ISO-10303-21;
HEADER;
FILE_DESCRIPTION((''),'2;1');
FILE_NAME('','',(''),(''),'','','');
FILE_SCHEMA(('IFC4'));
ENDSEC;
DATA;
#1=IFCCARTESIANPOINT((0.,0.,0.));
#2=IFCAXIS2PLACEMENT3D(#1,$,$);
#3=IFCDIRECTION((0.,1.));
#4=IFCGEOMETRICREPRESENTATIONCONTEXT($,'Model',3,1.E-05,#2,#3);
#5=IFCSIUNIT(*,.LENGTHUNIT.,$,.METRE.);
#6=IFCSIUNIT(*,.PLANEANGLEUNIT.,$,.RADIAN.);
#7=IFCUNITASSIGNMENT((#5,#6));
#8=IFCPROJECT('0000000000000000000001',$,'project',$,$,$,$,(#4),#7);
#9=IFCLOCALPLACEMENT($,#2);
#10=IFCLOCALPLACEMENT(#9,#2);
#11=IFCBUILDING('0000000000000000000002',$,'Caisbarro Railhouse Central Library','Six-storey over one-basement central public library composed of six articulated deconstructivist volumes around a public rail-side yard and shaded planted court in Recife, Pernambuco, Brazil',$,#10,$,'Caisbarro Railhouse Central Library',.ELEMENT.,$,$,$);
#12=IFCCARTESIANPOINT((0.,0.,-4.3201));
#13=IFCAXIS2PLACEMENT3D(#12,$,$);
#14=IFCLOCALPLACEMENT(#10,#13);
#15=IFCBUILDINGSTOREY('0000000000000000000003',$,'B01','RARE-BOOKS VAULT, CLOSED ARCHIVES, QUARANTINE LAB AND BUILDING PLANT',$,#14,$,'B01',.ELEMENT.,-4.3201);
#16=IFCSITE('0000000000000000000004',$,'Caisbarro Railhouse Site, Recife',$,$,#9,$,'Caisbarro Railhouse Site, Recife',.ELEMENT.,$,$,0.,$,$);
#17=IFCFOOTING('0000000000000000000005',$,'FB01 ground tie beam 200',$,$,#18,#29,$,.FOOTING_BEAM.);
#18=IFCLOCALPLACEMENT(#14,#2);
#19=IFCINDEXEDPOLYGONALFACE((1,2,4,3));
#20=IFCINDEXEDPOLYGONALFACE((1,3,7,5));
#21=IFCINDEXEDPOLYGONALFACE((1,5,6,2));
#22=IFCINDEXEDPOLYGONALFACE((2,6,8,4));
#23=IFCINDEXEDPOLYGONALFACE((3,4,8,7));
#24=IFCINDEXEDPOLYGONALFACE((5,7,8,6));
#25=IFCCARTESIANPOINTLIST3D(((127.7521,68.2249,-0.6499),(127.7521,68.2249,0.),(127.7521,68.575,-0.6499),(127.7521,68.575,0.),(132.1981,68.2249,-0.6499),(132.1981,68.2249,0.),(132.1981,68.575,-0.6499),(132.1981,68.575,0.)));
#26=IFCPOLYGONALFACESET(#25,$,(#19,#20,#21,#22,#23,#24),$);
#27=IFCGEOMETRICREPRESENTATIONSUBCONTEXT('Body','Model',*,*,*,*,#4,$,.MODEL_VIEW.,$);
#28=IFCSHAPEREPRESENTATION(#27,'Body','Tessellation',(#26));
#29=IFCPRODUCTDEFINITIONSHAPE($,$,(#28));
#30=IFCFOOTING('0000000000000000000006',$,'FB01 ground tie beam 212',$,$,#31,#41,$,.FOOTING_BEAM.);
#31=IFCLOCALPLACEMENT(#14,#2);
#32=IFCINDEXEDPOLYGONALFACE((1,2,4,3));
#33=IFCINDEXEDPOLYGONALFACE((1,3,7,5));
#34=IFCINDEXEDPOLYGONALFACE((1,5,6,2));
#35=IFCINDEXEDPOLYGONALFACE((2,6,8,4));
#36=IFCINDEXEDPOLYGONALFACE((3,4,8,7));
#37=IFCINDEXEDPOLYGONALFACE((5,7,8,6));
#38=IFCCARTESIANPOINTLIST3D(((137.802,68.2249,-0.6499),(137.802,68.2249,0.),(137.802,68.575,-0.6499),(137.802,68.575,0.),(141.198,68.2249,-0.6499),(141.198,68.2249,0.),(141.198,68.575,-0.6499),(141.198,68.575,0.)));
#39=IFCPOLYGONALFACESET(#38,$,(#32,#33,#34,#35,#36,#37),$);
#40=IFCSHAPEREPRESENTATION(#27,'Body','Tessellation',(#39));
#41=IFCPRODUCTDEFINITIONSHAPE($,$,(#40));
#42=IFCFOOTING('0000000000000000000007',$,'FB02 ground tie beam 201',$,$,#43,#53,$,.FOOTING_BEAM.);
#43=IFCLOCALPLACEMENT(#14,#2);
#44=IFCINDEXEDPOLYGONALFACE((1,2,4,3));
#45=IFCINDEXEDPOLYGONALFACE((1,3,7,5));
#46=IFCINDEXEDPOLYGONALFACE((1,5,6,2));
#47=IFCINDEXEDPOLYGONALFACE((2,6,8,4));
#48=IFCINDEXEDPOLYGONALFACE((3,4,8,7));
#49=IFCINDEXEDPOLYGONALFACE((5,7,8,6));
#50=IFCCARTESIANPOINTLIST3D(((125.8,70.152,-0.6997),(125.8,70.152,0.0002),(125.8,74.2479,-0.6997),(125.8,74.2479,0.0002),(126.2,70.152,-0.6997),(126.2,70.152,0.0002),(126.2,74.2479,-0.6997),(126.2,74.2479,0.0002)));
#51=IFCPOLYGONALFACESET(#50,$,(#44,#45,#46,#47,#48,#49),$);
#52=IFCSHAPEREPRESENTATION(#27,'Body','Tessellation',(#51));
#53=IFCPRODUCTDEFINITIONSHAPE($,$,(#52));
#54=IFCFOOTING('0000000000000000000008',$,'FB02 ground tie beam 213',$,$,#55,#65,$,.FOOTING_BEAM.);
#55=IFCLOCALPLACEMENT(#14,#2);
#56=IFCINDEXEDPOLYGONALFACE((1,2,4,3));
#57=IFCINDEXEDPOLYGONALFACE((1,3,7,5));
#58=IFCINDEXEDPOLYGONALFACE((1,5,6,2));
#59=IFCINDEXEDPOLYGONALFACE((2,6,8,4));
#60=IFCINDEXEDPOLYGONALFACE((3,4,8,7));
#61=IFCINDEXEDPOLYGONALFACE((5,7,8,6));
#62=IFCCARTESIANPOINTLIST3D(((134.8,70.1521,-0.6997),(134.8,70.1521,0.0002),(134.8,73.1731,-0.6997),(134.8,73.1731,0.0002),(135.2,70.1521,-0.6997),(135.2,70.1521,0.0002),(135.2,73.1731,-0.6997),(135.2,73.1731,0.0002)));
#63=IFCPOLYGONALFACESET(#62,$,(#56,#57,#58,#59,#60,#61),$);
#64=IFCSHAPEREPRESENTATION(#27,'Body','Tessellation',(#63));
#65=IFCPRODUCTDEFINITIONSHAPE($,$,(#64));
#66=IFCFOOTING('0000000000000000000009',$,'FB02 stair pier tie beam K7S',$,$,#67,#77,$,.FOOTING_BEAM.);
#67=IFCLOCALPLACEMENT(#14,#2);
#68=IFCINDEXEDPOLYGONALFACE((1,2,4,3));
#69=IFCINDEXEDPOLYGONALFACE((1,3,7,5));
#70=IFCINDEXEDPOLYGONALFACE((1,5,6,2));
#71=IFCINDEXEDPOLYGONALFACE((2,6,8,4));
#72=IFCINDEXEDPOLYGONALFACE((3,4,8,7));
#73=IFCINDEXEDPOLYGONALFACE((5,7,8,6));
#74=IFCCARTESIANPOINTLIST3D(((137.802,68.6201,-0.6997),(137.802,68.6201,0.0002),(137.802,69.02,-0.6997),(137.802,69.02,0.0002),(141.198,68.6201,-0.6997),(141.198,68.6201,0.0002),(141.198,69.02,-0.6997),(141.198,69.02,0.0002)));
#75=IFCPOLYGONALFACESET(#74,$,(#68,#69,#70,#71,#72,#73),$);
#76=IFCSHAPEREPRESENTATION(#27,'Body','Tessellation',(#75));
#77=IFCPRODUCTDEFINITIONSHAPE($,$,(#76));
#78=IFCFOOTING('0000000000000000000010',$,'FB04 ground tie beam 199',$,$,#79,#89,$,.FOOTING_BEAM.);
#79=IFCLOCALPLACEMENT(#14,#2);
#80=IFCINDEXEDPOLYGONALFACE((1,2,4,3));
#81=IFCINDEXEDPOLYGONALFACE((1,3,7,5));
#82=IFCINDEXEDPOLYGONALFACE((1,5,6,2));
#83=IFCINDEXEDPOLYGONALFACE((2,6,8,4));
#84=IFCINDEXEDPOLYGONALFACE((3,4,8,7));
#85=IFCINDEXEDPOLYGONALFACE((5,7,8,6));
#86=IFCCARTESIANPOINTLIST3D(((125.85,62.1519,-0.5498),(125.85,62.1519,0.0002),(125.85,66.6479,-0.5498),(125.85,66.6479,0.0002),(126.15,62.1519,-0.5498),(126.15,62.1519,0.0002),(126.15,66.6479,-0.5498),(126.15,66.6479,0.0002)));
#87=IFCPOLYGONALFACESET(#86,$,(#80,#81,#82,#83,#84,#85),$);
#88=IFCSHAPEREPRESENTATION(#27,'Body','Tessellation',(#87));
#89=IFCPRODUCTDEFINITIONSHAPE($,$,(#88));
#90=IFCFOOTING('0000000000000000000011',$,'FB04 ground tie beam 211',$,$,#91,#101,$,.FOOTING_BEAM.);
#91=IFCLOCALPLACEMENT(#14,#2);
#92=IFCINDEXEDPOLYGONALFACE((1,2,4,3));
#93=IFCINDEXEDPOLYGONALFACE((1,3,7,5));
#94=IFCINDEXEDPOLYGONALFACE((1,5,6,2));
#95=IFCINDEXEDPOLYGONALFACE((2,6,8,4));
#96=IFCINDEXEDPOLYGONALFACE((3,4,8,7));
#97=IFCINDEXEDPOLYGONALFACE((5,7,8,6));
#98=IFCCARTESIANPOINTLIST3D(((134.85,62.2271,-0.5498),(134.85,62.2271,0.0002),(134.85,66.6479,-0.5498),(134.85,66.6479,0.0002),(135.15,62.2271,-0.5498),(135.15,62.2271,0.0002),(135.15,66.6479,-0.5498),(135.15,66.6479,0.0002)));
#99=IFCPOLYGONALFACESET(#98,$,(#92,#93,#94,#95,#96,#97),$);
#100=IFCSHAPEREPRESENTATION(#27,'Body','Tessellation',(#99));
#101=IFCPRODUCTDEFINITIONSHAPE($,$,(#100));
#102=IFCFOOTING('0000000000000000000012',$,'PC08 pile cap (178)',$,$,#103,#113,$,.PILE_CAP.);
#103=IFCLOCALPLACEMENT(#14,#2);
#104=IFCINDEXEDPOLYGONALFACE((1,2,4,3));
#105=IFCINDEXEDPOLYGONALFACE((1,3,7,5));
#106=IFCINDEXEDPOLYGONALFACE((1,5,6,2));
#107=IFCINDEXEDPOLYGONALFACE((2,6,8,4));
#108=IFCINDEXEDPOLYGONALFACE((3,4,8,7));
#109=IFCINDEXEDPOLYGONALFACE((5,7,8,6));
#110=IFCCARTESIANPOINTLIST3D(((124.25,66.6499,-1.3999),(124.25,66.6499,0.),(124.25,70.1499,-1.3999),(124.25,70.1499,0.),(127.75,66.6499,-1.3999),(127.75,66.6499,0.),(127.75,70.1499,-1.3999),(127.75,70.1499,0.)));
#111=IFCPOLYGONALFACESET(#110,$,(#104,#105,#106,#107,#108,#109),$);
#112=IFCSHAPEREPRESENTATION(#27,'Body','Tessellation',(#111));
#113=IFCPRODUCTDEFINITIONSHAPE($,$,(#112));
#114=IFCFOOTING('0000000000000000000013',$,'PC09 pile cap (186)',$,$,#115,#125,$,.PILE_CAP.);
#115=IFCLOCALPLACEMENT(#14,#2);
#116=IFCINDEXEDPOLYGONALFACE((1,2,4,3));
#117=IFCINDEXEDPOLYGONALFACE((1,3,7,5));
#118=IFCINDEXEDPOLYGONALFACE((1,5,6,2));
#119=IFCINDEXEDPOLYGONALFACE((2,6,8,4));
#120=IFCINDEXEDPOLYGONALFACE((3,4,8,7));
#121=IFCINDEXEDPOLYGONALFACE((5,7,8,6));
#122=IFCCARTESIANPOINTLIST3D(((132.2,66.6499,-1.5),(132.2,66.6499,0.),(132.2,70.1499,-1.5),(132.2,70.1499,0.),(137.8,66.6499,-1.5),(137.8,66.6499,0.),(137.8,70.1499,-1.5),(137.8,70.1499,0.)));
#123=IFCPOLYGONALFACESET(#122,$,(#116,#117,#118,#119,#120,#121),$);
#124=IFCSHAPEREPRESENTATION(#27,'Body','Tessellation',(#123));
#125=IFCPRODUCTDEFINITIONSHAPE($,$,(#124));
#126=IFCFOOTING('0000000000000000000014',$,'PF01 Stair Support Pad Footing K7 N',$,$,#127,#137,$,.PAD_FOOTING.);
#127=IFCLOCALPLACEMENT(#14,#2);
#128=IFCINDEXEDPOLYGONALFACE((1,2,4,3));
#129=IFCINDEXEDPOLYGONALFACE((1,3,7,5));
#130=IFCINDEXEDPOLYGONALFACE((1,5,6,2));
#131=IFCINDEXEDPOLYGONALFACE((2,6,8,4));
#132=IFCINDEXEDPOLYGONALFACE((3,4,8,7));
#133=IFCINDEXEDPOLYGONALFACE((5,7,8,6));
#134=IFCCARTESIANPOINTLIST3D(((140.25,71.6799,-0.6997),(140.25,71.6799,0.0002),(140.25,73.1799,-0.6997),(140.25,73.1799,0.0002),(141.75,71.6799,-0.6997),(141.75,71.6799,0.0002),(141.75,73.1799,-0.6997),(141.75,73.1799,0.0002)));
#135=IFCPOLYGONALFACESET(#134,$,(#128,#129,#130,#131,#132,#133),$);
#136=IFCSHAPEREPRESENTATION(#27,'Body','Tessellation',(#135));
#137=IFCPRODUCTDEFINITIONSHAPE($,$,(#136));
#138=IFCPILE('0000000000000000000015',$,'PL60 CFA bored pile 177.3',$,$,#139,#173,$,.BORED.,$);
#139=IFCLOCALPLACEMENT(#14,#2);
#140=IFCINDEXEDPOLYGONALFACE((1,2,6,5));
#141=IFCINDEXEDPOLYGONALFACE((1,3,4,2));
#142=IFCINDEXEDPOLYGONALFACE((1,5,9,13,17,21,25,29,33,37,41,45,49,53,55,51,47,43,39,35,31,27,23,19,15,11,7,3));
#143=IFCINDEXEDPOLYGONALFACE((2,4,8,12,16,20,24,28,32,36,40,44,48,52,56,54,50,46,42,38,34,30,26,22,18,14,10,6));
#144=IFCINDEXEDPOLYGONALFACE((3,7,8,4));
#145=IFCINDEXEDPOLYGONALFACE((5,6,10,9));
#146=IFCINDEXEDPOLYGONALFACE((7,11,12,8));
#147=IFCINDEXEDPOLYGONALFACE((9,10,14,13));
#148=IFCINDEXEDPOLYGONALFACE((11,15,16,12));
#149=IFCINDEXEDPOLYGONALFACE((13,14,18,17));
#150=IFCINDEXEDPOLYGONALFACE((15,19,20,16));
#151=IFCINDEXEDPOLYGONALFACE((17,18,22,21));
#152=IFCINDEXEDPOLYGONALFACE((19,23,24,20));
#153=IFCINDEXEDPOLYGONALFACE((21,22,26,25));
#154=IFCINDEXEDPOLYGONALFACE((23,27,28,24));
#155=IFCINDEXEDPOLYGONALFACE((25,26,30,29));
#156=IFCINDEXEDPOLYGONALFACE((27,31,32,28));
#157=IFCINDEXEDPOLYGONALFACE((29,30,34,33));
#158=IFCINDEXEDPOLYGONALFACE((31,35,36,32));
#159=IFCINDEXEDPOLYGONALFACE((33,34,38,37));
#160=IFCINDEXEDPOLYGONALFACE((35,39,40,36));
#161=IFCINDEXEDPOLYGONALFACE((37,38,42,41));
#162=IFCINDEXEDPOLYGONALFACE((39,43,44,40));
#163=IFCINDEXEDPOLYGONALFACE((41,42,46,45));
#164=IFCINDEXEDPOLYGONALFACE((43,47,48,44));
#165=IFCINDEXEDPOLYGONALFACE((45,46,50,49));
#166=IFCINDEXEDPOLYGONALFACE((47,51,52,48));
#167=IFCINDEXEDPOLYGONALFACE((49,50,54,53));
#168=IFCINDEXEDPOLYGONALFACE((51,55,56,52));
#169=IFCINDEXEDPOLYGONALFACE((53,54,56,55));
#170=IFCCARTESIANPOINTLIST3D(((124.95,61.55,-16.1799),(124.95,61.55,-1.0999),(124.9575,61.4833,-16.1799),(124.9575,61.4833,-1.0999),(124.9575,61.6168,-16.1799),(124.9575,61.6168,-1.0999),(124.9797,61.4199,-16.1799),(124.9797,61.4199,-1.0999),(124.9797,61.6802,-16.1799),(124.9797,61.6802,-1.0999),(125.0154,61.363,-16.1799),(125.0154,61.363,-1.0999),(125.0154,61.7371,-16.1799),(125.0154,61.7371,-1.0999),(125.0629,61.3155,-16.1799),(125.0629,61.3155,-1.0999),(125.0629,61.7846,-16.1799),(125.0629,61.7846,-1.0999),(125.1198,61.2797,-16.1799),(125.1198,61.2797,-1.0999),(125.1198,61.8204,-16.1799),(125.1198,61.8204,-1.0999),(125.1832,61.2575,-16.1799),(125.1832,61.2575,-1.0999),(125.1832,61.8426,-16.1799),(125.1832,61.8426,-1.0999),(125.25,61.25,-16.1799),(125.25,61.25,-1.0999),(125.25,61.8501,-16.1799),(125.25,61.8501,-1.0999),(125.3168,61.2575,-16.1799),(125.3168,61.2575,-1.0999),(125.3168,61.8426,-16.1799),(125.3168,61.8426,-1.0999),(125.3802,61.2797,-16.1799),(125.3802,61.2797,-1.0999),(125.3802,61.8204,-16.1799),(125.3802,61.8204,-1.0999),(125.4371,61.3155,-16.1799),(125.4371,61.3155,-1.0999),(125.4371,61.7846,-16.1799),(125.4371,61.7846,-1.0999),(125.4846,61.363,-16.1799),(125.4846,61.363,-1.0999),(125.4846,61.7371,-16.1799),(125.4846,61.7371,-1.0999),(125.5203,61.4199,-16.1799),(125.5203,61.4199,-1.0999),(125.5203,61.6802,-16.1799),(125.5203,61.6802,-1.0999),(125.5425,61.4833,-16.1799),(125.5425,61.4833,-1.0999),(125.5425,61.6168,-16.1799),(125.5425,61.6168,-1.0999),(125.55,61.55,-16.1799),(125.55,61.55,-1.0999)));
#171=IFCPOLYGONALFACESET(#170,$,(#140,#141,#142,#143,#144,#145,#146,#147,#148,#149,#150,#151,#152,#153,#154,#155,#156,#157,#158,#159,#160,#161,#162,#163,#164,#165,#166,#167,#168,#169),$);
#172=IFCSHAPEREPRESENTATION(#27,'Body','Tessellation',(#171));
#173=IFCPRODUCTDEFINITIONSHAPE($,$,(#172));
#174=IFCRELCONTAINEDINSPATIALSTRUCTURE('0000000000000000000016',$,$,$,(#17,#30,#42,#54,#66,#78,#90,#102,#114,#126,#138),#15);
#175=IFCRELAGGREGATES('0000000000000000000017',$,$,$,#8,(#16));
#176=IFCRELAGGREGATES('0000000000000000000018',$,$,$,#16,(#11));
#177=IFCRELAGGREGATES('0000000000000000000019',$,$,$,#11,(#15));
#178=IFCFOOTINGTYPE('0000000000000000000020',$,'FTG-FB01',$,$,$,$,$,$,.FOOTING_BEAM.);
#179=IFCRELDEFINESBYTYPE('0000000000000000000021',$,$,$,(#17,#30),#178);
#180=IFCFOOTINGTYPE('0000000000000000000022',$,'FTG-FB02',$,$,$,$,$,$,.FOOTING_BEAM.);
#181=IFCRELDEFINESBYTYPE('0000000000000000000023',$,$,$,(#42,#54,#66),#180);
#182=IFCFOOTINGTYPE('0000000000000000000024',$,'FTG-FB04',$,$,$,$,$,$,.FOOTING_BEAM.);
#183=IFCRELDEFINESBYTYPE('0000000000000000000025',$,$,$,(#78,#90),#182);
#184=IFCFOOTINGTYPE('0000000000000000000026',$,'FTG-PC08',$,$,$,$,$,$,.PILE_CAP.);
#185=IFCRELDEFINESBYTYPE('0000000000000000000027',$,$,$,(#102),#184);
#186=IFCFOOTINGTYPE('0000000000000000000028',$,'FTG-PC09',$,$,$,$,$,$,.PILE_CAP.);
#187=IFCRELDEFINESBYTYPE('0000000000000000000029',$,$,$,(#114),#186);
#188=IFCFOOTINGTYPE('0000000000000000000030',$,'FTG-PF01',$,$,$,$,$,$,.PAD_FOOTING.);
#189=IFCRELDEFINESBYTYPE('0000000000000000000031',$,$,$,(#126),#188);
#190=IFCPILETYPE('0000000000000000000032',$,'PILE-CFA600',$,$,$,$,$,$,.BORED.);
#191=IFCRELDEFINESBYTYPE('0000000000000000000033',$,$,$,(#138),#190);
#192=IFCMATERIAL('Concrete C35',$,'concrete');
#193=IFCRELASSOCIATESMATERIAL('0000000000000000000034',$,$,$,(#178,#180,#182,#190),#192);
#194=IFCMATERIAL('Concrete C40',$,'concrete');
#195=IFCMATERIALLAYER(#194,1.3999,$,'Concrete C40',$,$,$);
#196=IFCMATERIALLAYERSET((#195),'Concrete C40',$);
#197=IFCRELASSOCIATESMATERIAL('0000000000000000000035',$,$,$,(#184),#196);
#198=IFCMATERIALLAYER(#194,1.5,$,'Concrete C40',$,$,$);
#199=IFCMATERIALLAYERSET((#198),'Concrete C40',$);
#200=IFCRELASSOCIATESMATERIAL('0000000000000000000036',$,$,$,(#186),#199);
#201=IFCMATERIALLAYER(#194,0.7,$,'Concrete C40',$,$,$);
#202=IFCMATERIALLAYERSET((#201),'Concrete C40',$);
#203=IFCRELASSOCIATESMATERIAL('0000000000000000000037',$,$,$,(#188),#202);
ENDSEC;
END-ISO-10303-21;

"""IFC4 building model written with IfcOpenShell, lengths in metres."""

from ifc_helpers import new_model, si_unit, direction, frame, origin, origin_2d, place, context, subcontext, project, spatial, rectangle, circle, extrude, material, layer, layer_set, material_profile, profile_set, type_object, element, save


model = new_model("IFC4")

# Units and contexts
model_context = context("Model", 3, precision=1e-05, world=origin(), true_north=direction((0.0, 1.0)))
body_context = subcontext(model_context, "Body", "Model", "MODEL_VIEW")
ifc_project = project(units=[si_unit("LENGTHUNIT", "METRE"), si_unit("PLANEANGLEUNIT", "RADIAN")], contexts=[model_context])

# Site, building, storey
site_placement = place(None, origin())
site = spatial("IfcSite", under=ifc_project, at=site_placement, Name="Caisbarro Railhouse Site, Recife", LongName="Caisbarro Railhouse Site, Recife", CompositionType="ELEMENT", RefElevation=0.0)
building_placement = place(site_placement, origin())
building = spatial("IfcBuilding", under=site, at=building_placement, Name="Caisbarro Railhouse Central Library", Description="Six-storey over one-basement central public library composed of six articulated deconstructivist volumes around a public rail-side yard and shaded planted court in Recife, Pernambuco, Brazil", LongName="Caisbarro Railhouse Central Library", CompositionType="ELEMENT")
storey_placement = place(building_placement, frame((0.0, 0.0, -4.3201)))
storey = spatial("IfcBuildingStorey", under=building, at=storey_placement, Name="B01", Description="RARE-BOOKS VAULT, CLOSED ARCHIVES, QUARANTINE LAB AND BUILDING PLANT", LongName="B01", CompositionType="ELEMENT", Elevation=-4.3201)

# Footings
ifc_material_1 = material(Name="Concrete C35", Category="concrete")
footing_type_1 = type_object("IfcFootingType", Name="FTG-FB01", PredefinedType="FOOTING_BEAM", material=ifc_material_1)
footing_1_placement = place(storey_placement, frame((129.9751, 68.3999, -0.6499), z_axis=(0.0, 0.0, 1.0), x_axis=(1.0, 0.0, 0.0)))
element("IfcFooting", 1, at=footing_1_placement, inside=storey, type_object=footing_type_1, Name="FB01 ground tie beam 200", PredefinedType="FOOTING_BEAM", context=body_context, shape_type="SweptSolid", body=[
    extrude(rectangle(XDim=4.446, YDim=0.3501, at=origin_2d()), origin(), (0.0, 0.0, 1.0), 0.6499),
])
footing_2_placement = place(storey_placement, frame((139.5, 68.3999, -0.6499), z_axis=(0.0, 0.0, 1.0), x_axis=(1.0, 0.0, 0.0)))
element("IfcFooting", 2, at=footing_2_placement, inside=storey, type_object=footing_type_1, Name="FB01 ground tie beam 212", PredefinedType="FOOTING_BEAM", context=body_context, shape_type="SweptSolid", body=[
    extrude(rectangle(XDim=3.396, YDim=0.3501, at=origin_2d()), origin(), (0.0, 0.0, 1.0), 0.6499),
])
footing_type_2 = type_object("IfcFootingType", Name="FTG-FB02", PredefinedType="FOOTING_BEAM", material=ifc_material_1)
footing_3_placement = place(storey_placement, frame((126.0, 72.2, -0.6997), z_axis=(0.0, 0.0, 1.0), x_axis=(0.0, 1.0, 0.0)))
element("IfcFooting", 3, at=footing_3_placement, inside=storey, type_object=footing_type_2, Name="FB02 ground tie beam 201", PredefinedType="FOOTING_BEAM", context=body_context, shape_type="SweptSolid", body=[
    extrude(rectangle(XDim=4.0959, YDim=0.3999, at=origin_2d()), origin(), (0.0, 0.0, 1.0), 0.7),
])
footing_4_placement = place(storey_placement, frame((135.0, 71.6626, -0.6997), z_axis=(0.0, 0.0, 1.0), x_axis=(0.0, 1.0, 0.0)))
element("IfcFooting", 4, at=footing_4_placement, inside=storey, type_object=footing_type_2, Name="FB02 ground tie beam 213", PredefinedType="FOOTING_BEAM", context=body_context, shape_type="SweptSolid", body=[
    extrude(rectangle(XDim=3.021, YDim=0.3999, at=origin_2d()), origin(), (0.0, 0.0, 1.0), 0.7),
])
footing_5_placement = place(storey_placement, frame((139.5, 68.8201, -0.6997), z_axis=(0.0, 0.0, 1.0), x_axis=(1.0, 0.0, 0.0)))
element("IfcFooting", 5, at=footing_5_placement, inside=storey, type_object=footing_type_2, Name="FB02 stair pier tie beam K7S", PredefinedType="FOOTING_BEAM", context=body_context, shape_type="SweptSolid", body=[
    extrude(rectangle(XDim=3.396, YDim=0.3999, at=origin_2d()), origin(), (0.0, 0.0, 1.0), 0.7),
])
footing_type_3 = type_object("IfcFootingType", Name="FTG-FB04", PredefinedType="FOOTING_BEAM", material=ifc_material_1)
footing_6_placement = place(storey_placement, frame((126.0, 64.3999, -0.5498), z_axis=(0.0, 0.0, 1.0), x_axis=(0.0, 1.0, 0.0)))
element("IfcFooting", 6, at=footing_6_placement, inside=storey, type_object=footing_type_3, Name="FB04 ground tie beam 199", PredefinedType="FOOTING_BEAM", context=body_context, shape_type="SweptSolid", body=[
    extrude(rectangle(XDim=4.4961, YDim=0.3, at=origin_2d()), origin(), (0.0, 0.0, 1.0), 0.55),
])
footing_7_placement = place(storey_placement, frame((135.0, 64.4375, -0.5498), z_axis=(0.0, 0.0, 1.0), x_axis=(0.0, 1.0, 0.0)))
element("IfcFooting", 7, at=footing_7_placement, inside=storey, type_object=footing_type_3, Name="FB04 ground tie beam 211", PredefinedType="FOOTING_BEAM", context=body_context, shape_type="SweptSolid", body=[
    extrude(rectangle(XDim=4.4209, YDim=0.3, at=origin_2d()), origin(), (0.0, 0.0, 1.0), 0.55),
])
ifc_material_2 = material(Name="Concrete C40", Category="concrete")
ifc_layer_1 = layer(ifc_material_2, 1.3999, Name="Concrete C40")
ifc_layer_set_1 = layer_set([ifc_layer_1], Name="Concrete C40")
footing_type_4 = type_object("IfcFootingType", Name="FTG-PC08", PredefinedType="PILE_CAP", material=ifc_layer_set_1)
footing_8_placement = place(storey_placement, frame((126.0, 68.3999, -1.3999), z_axis=(0.0, 0.0, 1.0), x_axis=(1.0, 0.0, 0.0)))
element("IfcFooting", 8, at=footing_8_placement, inside=storey, type_object=footing_type_4, Name="PC08 pile cap (178)", PredefinedType="PILE_CAP", context=body_context, shape_type="SweptSolid", body=[
    extrude(rectangle(XDim=3.5, YDim=3.5, at=origin_2d()), origin(), (0.0, 0.0, 1.0), 1.3999),
])
ifc_layer_2 = layer(ifc_material_2, 1.5, Name="Concrete C40")
ifc_layer_set_2 = layer_set([ifc_layer_2], Name="Concrete C40")
footing_type_5 = type_object("IfcFootingType", Name="FTG-PC09", PredefinedType="PILE_CAP", material=ifc_layer_set_2)
footing_9_placement = place(storey_placement, frame((135.0, 68.3999, -1.5), z_axis=(0.0, 0.0, 1.0), x_axis=(1.0, 0.0, 0.0)))
element("IfcFooting", 9, at=footing_9_placement, inside=storey, type_object=footing_type_5, Name="PC09 pile cap (186)", PredefinedType="PILE_CAP", context=body_context, shape_type="SweptSolid", body=[
    extrude(rectangle(XDim=5.6001, YDim=3.5, at=origin_2d()), origin(), (0.0, 0.0, 1.0), 1.5),
])
ifc_layer_3 = layer(ifc_material_2, 0.7, Name="Concrete C40")
ifc_layer_set_3 = layer_set([ifc_layer_3], Name="Concrete C40")
footing_type_6 = type_object("IfcFootingType", Name="FTG-PF01", PredefinedType="PAD_FOOTING", material=ifc_layer_set_3)
footing_10_placement = place(storey_placement, frame((141.0, 72.4299, -0.6997), z_axis=(0.0, 0.0, 1.0), x_axis=(1.0, 0.0, 0.0)))
element("IfcFooting", 10, at=footing_10_placement, inside=storey, type_object=footing_type_6, Name="PF01 Stair Support Pad Footing K7 N", PredefinedType="PAD_FOOTING", context=body_context, shape_type="SweptSolid", body=[
    extrude(rectangle(XDim=1.5, YDim=1.5, at=origin_2d()), origin(), (0.0, 0.0, 1.0), 0.7),
])

# Pile
ifc_material_profile_1 = material_profile(ifc_material_1, circle(Radius=0.3, at=origin_2d()), Name="PILE-CFA-600")
ifc_profile_set_1 = profile_set([ifc_material_profile_1], Name="Concrete C35")
pile_type_1 = type_object("IfcPileType", Name="PILE-CFA600", PredefinedType="BORED", material=ifc_profile_set_1)
for number, where, z_axis, x_axis, name in (
    (11, (125.25, 61.55, -1.0999), (0.0, 0.0, -1.0), (1.0, 0.0, 0.0), "PL60 CFA bored pile 177.3"),
):
    element("IfcPile", number, at=place(storey_placement, frame(where, z_axis=z_axis, x_axis=x_axis)), inside=storey, type_object=pile_type_1, Name=name, PredefinedType="BORED", context=body_context, shape_type="SweptSolid", body=[
        extrude(circle(Radius=0.3, at=origin_2d()), origin(), (0.0, 0.0, 1.0), 15.0801),
    ])

save(model, "model.ifc")
